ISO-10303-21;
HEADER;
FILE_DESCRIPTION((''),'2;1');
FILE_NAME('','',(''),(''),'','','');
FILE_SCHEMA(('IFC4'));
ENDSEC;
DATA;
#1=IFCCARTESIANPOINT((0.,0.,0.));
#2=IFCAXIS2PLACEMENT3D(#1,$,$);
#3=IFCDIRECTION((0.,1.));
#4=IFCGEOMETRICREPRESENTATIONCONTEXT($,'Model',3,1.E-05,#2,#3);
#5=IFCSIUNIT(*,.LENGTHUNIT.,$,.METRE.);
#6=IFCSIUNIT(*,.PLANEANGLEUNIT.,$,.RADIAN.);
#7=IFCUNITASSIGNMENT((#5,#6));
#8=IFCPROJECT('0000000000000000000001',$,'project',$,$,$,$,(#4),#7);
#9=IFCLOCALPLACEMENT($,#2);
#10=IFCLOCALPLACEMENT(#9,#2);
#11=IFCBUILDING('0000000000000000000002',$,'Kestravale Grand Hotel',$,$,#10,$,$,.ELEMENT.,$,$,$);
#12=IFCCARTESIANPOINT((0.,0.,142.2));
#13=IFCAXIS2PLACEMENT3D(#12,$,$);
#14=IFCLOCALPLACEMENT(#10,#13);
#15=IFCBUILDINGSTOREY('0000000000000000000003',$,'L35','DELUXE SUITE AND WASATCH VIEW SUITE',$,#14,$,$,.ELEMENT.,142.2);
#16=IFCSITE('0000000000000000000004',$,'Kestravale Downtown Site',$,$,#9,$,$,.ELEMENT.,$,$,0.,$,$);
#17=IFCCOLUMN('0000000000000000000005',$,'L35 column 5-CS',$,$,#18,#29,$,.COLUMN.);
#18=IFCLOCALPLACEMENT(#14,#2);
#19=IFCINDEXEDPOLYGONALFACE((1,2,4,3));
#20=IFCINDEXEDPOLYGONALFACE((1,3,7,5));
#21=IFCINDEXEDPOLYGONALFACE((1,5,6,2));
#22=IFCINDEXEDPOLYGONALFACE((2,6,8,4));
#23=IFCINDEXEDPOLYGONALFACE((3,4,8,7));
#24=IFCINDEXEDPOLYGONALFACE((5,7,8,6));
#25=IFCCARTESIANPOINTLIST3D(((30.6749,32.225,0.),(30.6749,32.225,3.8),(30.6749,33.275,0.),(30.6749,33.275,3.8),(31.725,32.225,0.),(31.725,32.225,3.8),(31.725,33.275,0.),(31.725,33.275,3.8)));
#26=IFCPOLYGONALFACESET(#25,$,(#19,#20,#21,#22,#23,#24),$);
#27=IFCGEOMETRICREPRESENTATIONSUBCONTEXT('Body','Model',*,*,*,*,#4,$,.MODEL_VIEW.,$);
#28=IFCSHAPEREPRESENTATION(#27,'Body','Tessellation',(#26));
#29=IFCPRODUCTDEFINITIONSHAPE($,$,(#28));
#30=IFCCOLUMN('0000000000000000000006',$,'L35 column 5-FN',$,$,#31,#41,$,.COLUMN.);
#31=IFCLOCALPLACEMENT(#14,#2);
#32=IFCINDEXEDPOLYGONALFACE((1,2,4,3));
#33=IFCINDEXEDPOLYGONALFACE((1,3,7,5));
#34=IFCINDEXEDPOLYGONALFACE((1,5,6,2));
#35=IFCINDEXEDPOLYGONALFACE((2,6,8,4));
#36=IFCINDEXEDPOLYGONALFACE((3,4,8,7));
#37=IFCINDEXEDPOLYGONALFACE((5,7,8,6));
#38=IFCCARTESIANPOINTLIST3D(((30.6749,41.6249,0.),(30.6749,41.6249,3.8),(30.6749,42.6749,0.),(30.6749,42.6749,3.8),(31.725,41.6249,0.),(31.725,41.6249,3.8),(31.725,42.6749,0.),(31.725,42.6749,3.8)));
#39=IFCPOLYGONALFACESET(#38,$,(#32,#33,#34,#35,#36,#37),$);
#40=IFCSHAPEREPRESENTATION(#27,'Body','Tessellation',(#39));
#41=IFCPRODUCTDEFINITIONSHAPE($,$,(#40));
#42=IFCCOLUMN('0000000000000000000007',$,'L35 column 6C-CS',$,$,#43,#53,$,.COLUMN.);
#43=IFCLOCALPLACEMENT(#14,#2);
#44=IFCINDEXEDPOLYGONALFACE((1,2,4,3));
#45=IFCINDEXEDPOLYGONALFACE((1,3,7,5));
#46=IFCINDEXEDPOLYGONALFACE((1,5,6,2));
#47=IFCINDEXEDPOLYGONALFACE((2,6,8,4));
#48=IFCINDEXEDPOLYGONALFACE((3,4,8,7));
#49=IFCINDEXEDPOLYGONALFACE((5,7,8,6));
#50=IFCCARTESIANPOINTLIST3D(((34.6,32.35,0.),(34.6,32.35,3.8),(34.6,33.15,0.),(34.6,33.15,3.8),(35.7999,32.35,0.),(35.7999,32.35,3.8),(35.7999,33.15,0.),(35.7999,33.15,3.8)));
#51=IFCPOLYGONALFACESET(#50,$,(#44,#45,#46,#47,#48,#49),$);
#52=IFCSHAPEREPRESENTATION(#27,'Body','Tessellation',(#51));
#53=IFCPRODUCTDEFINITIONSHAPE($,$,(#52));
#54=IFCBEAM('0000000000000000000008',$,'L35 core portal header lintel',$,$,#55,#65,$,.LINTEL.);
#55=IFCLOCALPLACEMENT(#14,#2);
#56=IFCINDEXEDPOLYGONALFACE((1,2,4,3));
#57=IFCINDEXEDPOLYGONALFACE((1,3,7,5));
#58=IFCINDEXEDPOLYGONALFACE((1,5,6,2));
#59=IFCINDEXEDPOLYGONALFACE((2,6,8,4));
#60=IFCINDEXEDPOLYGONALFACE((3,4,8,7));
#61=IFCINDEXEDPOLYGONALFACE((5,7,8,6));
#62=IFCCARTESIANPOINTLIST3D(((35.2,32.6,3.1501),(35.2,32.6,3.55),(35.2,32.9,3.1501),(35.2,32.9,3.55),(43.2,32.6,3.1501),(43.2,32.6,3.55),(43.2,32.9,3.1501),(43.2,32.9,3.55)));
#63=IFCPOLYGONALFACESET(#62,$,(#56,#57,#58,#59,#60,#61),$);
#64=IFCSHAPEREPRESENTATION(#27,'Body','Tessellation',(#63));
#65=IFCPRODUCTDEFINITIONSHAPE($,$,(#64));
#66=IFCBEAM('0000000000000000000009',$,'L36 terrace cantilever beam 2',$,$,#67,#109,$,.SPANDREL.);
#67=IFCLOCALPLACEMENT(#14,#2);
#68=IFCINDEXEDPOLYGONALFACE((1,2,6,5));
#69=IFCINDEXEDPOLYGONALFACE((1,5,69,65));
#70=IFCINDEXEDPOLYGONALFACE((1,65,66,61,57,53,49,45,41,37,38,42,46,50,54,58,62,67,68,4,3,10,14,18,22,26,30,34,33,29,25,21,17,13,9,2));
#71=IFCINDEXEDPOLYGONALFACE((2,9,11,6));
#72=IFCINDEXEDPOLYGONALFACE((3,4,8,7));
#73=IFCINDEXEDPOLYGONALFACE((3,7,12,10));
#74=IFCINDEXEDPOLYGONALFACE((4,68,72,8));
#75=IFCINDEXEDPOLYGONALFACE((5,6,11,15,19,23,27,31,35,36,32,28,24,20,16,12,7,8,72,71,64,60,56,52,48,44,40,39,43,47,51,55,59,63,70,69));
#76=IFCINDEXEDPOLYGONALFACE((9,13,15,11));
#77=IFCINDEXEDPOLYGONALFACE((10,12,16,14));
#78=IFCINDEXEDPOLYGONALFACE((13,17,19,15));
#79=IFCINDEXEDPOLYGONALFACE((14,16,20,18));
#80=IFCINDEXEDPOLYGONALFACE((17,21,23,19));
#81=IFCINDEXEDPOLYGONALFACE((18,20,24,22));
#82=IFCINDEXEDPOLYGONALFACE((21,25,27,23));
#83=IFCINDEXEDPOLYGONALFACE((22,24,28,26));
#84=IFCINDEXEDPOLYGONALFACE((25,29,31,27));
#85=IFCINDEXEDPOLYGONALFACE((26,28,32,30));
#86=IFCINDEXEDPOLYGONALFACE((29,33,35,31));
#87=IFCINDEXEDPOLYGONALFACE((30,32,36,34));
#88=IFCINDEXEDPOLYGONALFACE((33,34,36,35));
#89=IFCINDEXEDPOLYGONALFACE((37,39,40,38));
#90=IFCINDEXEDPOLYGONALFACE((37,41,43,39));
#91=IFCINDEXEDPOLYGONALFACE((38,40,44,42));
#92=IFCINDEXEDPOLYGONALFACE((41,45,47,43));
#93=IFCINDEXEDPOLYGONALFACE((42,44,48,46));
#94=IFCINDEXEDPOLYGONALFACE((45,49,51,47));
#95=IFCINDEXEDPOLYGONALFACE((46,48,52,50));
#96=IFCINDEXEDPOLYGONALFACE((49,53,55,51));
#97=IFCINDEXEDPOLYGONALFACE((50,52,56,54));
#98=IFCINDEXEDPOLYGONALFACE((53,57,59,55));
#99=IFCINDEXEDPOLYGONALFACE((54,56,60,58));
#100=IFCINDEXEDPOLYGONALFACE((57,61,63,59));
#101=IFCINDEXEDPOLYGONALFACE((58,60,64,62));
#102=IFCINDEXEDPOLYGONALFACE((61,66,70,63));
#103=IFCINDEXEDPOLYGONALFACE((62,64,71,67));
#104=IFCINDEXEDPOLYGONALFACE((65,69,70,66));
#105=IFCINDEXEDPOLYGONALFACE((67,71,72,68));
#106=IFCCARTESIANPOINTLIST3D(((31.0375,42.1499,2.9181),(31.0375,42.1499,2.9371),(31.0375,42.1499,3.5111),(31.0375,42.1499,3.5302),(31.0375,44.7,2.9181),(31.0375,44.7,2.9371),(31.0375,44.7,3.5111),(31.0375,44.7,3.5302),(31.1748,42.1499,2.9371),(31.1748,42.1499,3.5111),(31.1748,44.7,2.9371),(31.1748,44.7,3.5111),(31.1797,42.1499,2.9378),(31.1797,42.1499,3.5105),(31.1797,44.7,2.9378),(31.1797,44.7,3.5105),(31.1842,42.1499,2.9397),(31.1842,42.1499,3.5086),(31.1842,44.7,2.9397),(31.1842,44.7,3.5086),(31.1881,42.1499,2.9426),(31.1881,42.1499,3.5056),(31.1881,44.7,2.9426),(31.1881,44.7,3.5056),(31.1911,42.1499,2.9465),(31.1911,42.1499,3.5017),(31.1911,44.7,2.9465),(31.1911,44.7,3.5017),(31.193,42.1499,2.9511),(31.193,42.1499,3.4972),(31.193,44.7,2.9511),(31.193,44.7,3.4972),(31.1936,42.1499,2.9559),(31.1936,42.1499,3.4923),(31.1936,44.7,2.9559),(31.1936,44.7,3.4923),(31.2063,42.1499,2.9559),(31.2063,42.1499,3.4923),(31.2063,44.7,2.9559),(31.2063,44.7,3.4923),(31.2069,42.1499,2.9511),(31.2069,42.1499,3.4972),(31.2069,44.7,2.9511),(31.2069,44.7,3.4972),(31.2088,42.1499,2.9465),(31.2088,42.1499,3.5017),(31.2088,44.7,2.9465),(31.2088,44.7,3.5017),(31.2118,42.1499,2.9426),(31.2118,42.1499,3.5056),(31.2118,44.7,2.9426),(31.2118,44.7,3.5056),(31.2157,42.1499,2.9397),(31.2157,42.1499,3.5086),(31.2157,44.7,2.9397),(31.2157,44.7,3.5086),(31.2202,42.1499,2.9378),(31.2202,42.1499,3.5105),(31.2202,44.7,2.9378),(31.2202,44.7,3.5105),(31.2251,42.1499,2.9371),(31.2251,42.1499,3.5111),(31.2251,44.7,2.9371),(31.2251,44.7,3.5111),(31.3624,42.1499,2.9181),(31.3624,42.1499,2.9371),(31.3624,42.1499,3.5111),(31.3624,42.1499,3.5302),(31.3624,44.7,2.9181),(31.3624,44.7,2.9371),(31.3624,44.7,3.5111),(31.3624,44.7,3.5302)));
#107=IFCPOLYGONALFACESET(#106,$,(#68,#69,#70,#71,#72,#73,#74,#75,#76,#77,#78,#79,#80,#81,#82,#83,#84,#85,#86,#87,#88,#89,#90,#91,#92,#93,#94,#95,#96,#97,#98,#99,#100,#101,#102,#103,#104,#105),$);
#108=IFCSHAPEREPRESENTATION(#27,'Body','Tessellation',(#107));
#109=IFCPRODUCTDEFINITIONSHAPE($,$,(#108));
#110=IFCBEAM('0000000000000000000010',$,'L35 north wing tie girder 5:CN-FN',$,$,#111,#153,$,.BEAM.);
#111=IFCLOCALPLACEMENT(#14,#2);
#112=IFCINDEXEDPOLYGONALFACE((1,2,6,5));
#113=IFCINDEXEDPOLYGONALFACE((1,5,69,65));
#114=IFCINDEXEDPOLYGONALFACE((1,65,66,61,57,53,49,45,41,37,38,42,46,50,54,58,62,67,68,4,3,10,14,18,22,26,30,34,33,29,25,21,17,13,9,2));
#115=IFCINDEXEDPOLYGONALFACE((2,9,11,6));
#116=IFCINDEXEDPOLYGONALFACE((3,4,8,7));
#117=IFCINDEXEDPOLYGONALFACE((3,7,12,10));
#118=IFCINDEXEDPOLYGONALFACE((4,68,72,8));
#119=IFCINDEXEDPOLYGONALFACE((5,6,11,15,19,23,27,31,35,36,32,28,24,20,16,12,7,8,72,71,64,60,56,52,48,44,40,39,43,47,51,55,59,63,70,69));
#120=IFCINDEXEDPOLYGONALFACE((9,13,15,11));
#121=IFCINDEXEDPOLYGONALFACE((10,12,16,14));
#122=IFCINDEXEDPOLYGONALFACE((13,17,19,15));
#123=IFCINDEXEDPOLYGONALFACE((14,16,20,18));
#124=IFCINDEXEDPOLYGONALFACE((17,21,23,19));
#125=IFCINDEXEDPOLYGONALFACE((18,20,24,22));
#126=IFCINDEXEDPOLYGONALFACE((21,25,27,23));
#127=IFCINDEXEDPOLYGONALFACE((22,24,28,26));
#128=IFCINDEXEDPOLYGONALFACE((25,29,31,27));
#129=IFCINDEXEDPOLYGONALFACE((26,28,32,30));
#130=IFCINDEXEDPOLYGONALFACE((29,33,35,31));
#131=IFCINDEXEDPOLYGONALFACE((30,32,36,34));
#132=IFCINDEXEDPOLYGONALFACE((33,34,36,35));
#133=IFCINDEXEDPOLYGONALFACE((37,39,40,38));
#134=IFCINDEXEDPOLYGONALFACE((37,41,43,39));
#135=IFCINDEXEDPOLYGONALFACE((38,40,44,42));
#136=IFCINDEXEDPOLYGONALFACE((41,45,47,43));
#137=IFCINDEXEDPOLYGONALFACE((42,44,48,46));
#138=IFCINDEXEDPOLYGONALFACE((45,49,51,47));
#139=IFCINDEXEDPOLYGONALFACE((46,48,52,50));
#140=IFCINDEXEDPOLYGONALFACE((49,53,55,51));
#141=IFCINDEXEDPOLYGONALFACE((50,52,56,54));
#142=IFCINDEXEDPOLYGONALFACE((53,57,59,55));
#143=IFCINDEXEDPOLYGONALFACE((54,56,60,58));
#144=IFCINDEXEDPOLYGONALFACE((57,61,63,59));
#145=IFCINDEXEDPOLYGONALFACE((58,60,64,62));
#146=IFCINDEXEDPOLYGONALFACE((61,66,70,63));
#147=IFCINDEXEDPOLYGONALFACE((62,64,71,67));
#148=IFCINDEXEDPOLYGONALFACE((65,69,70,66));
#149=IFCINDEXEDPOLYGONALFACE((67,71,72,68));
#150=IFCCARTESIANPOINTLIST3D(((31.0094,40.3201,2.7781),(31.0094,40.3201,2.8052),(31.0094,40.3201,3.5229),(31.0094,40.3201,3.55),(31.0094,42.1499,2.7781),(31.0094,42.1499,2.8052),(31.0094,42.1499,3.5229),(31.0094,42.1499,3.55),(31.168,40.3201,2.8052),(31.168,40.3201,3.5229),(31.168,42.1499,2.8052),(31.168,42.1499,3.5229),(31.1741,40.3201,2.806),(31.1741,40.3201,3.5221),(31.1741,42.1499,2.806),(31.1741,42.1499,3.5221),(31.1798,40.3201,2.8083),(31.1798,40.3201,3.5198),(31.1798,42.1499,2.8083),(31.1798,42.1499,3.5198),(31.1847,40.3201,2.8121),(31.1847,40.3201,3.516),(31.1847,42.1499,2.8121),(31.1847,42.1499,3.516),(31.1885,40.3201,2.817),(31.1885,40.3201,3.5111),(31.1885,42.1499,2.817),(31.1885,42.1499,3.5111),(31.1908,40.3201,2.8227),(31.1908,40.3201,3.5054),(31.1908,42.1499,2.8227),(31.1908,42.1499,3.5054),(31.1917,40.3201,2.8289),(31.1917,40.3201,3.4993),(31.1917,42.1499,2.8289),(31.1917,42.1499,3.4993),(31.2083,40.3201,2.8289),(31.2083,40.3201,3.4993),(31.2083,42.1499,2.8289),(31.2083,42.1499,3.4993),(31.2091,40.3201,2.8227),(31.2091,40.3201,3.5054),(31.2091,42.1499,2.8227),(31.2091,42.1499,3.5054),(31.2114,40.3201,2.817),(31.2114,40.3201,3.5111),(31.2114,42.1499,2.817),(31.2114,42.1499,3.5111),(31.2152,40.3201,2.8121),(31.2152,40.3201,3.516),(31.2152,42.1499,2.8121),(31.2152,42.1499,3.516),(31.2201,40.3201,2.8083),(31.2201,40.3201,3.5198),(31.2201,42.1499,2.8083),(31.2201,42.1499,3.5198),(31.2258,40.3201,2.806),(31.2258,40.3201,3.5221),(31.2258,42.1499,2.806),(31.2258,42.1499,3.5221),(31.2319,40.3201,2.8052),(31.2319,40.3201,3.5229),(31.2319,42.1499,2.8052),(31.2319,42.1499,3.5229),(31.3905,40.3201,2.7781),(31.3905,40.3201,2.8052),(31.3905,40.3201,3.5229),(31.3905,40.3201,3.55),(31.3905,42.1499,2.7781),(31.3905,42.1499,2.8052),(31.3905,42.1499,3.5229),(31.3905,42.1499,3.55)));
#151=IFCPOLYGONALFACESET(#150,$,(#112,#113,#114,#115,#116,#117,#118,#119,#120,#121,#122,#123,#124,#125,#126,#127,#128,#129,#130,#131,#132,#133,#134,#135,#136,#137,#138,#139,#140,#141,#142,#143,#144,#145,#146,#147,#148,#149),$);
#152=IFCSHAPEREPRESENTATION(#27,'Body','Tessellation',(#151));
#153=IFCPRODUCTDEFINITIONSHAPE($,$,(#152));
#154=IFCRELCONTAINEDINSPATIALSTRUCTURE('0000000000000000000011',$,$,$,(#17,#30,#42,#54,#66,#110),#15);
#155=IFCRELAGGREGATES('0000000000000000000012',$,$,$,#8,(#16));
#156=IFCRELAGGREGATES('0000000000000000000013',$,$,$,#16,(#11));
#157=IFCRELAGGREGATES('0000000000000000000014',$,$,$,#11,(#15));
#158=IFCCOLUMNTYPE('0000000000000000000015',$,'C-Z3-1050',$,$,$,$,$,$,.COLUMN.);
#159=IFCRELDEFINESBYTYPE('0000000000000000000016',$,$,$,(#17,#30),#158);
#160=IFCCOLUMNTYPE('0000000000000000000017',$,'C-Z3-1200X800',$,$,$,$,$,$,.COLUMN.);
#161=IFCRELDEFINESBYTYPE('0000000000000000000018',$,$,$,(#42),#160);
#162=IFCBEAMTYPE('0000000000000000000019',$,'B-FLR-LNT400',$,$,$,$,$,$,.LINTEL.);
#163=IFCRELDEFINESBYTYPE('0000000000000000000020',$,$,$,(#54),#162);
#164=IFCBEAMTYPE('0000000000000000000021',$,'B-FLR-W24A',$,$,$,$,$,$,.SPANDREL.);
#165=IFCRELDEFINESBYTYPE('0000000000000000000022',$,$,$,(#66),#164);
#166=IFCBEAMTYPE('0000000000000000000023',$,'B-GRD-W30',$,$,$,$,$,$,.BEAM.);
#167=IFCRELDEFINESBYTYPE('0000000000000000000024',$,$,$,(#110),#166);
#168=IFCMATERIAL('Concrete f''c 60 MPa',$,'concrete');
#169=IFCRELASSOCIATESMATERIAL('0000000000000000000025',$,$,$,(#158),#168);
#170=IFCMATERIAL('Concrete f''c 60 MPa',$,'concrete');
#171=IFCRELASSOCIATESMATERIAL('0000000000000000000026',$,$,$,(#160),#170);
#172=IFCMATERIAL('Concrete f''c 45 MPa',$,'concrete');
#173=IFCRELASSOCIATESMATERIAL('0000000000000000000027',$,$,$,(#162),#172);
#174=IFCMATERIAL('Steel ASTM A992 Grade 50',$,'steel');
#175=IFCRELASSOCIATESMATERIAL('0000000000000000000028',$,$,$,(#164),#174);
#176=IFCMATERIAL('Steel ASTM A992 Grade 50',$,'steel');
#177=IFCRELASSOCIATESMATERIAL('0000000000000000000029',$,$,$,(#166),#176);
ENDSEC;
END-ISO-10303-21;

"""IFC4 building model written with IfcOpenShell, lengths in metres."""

from ifc_helpers import new_model, si_unit, direction, frame, origin, origin_2d, place, context, subcontext, project, spatial, rectangle, i_section, extrude, material, material_profile, profile_set, type_object, element, save


model = new_model("IFC4")

# Units and contexts
model_context = context("Model", 3, precision=1e-05, world=origin(), true_north=direction((0.0, 1.0)))
body_context = subcontext(model_context, "Body", "Model", "MODEL_VIEW")
ifc_project = project(units=[si_unit("LENGTHUNIT", "METRE"), si_unit("PLANEANGLEUNIT", "RADIAN")], contexts=[model_context])

# Site, building, storey
site_placement = place(None, origin())
site = spatial("IfcSite", under=ifc_project, at=site_placement, Name="Kestravale Downtown Site", CompositionType="ELEMENT", RefElevation=0.0)
building_placement = place(site_placement, origin())
building = spatial("IfcBuilding", under=site, at=building_placement, Name="Kestravale Grand Hotel", CompositionType="ELEMENT")
storey_placement = place(building_placement, frame((0.0, 0.0, 142.2)))
storey = spatial("IfcBuildingStorey", under=building, at=storey_placement, Name="L35", Description="DELUXE SUITE AND WASATCH VIEW SUITE", CompositionType="ELEMENT", Elevation=142.2)

# Columns
ifc_material_1 = material(Name="Concrete f'c 60 MPa", Category="concrete")
ifc_material_profile_1 = material_profile(ifc_material_1, rectangle(XDim=1.05, YDim=1.05, at=origin_2d()))
ifc_profile_set_1 = profile_set([ifc_material_profile_1], Name="Concrete f'c 60 MPa")
column_type_1 = type_object("IfcColumnType", Name="C-Z3-1050", PredefinedType="COLUMN", material=ifc_profile_set_1)
for number, where, z_axis, x_axis, name in (
    (1, (31.2, 32.75, 0.0), (0.0, 0.0, 1.0), (1.0, 0.0, 0.0), "L35 column 5-CS"),
    (2, (31.2, 42.1499, 0.0), (0.0, 0.0, 1.0), (1.0, 0.0, 0.0), "L35 column 5-FN"),
):
    element("IfcColumn", number, at=place(storey_placement, frame(where, z_axis=z_axis, x_axis=x_axis)), inside=storey, type_object=column_type_1, Name=name, PredefinedType="COLUMN", context=body_context, shape_type="SweptSolid", body=[
        extrude(rectangle(XDim=1.05, YDim=1.05, at=origin_2d()), origin(), (0.0, 0.0, 1.0), 3.8),
    ])
ifc_material_2 = material(Name="Concrete f'c 60 MPa", Category="concrete")
ifc_material_profile_2 = material_profile(ifc_material_2, rectangle(XDim=1.2, YDim=0.8, at=origin_2d()))
ifc_profile_set_2 = profile_set([ifc_material_profile_2], Name="Concrete f'c 60 MPa")
column_type_2 = type_object("IfcColumnType", Name="C-Z3-1200X800", PredefinedType="COLUMN", material=ifc_profile_set_2)
column_placement = place(storey_placement, frame((35.2, 32.75, 0.0), z_axis=(0.0, 0.0, 1.0), x_axis=(1.0, 0.0, 0.0)))
element("IfcColumn", 3, at=column_placement, inside=storey, type_object=column_type_2, Name="L35 column 6C-CS", PredefinedType="COLUMN", context=body_context, shape_type="SweptSolid", body=[
    extrude(rectangle(XDim=1.2, YDim=0.8, at=origin_2d()), origin(), (0.0, 0.0, 1.0), 3.8),
])

# Beams
ifc_material_3 = material(Name="Concrete f'c 45 MPa", Category="concrete")
ifc_material_profile_3 = material_profile(ifc_material_3, rectangle(XDim=0.3, YDim=0.3999, at=origin_2d()))
ifc_profile_set_3 = profile_set([ifc_material_profile_3], Name="Concrete f'c 45 MPa")
beam_type_1 = type_object("IfcBeamType", Name="B-FLR-LNT400", PredefinedType="LINTEL", material=ifc_profile_set_3)
beam_1_placement = place(storey_placement, frame((35.2, 32.75, 3.3501), z_axis=(1.0, 0.0, 0.0), x_axis=(0.0, 1.0, 0.0)))
element("IfcBeam", 4, at=beam_1_placement, inside=storey, type_object=beam_type_1, Name="L35 core portal header lintel", PredefinedType="LINTEL", context=body_context, shape_type="SweptSolid", body=[
    extrude(rectangle(XDim=0.3, YDim=0.3999, at=origin_2d()), origin(), (0.0, 0.0, 1.0), 8.0),
])
ifc_material_4 = material(Name="Steel ASTM A992 Grade 50", Category="steel")
ifc_material_profile_4 = material_profile(ifc_material_4, i_section(OverallWidth=0.325, OverallDepth=0.6121, WebThickness=0.0127, FlangeThickness=0.019, FilletRadius=0.0188, at=origin_2d()))
ifc_profile_set_4 = profile_set([ifc_material_profile_4], Name="Steel ASTM A992 Grade 50")
beam_type_2 = type_object("IfcBeamType", Name="B-FLR-W24A", PredefinedType="SPANDREL", material=ifc_profile_set_4)
beam_2_placement = place(storey_placement, frame((31.2, 42.1499, 3.2241), z_axis=(0.0, 1.0, 0.0), x_axis=(-1.0, 0.0, 0.0)))
element("IfcBeam", 5, at=beam_2_placement, inside=storey, type_object=beam_type_2, Name="L36 terrace cantilever beam 2", PredefinedType="SPANDREL", context=body_context, shape_type="SweptSolid", body=[
    extrude(i_section(OverallWidth=0.325, OverallDepth=0.6121, WebThickness=0.0127, FlangeThickness=0.019, FilletRadius=0.0188, at=origin_2d()), origin(), (0.0, 0.0, 1.0), 2.55),
])
ifc_material_5 = material(Name="Steel ASTM A992 Grade 50", Category="steel")
ifc_material_profile_5 = material_profile(ifc_material_5, i_section(OverallWidth=0.3811, OverallDepth=0.772, WebThickness=0.0166, FlangeThickness=0.0271, FilletRadius=0.0237, at=origin_2d()))
ifc_profile_set_5 = profile_set([ifc_material_profile_5], Name="Steel ASTM A992 Grade 50")
beam_type_3 = type_object("IfcBeamType", Name="B-GRD-W30", PredefinedType="BEAM", material=ifc_profile_set_5)
beam_3_placement = place(storey_placement, frame((31.2, 40.3201, 3.1641), z_axis=(0.0, 1.0, 0.0), x_axis=(-1.0, 0.0, 0.0)))
element("IfcBeam", 6, at=beam_3_placement, inside=storey, type_object=beam_type_3, Name="L35 north wing tie girder 5:CN-FN", PredefinedType="BEAM", context=body_context, shape_type="SweptSolid", body=[
    extrude(i_section(OverallWidth=0.3811, OverallDepth=0.772, WebThickness=0.0166, FlangeThickness=0.0271, FilletRadius=0.0237, at=origin_2d()), origin(), (0.0, 0.0, 1.0), 1.8298),
])

save(model, "model.ifc")
